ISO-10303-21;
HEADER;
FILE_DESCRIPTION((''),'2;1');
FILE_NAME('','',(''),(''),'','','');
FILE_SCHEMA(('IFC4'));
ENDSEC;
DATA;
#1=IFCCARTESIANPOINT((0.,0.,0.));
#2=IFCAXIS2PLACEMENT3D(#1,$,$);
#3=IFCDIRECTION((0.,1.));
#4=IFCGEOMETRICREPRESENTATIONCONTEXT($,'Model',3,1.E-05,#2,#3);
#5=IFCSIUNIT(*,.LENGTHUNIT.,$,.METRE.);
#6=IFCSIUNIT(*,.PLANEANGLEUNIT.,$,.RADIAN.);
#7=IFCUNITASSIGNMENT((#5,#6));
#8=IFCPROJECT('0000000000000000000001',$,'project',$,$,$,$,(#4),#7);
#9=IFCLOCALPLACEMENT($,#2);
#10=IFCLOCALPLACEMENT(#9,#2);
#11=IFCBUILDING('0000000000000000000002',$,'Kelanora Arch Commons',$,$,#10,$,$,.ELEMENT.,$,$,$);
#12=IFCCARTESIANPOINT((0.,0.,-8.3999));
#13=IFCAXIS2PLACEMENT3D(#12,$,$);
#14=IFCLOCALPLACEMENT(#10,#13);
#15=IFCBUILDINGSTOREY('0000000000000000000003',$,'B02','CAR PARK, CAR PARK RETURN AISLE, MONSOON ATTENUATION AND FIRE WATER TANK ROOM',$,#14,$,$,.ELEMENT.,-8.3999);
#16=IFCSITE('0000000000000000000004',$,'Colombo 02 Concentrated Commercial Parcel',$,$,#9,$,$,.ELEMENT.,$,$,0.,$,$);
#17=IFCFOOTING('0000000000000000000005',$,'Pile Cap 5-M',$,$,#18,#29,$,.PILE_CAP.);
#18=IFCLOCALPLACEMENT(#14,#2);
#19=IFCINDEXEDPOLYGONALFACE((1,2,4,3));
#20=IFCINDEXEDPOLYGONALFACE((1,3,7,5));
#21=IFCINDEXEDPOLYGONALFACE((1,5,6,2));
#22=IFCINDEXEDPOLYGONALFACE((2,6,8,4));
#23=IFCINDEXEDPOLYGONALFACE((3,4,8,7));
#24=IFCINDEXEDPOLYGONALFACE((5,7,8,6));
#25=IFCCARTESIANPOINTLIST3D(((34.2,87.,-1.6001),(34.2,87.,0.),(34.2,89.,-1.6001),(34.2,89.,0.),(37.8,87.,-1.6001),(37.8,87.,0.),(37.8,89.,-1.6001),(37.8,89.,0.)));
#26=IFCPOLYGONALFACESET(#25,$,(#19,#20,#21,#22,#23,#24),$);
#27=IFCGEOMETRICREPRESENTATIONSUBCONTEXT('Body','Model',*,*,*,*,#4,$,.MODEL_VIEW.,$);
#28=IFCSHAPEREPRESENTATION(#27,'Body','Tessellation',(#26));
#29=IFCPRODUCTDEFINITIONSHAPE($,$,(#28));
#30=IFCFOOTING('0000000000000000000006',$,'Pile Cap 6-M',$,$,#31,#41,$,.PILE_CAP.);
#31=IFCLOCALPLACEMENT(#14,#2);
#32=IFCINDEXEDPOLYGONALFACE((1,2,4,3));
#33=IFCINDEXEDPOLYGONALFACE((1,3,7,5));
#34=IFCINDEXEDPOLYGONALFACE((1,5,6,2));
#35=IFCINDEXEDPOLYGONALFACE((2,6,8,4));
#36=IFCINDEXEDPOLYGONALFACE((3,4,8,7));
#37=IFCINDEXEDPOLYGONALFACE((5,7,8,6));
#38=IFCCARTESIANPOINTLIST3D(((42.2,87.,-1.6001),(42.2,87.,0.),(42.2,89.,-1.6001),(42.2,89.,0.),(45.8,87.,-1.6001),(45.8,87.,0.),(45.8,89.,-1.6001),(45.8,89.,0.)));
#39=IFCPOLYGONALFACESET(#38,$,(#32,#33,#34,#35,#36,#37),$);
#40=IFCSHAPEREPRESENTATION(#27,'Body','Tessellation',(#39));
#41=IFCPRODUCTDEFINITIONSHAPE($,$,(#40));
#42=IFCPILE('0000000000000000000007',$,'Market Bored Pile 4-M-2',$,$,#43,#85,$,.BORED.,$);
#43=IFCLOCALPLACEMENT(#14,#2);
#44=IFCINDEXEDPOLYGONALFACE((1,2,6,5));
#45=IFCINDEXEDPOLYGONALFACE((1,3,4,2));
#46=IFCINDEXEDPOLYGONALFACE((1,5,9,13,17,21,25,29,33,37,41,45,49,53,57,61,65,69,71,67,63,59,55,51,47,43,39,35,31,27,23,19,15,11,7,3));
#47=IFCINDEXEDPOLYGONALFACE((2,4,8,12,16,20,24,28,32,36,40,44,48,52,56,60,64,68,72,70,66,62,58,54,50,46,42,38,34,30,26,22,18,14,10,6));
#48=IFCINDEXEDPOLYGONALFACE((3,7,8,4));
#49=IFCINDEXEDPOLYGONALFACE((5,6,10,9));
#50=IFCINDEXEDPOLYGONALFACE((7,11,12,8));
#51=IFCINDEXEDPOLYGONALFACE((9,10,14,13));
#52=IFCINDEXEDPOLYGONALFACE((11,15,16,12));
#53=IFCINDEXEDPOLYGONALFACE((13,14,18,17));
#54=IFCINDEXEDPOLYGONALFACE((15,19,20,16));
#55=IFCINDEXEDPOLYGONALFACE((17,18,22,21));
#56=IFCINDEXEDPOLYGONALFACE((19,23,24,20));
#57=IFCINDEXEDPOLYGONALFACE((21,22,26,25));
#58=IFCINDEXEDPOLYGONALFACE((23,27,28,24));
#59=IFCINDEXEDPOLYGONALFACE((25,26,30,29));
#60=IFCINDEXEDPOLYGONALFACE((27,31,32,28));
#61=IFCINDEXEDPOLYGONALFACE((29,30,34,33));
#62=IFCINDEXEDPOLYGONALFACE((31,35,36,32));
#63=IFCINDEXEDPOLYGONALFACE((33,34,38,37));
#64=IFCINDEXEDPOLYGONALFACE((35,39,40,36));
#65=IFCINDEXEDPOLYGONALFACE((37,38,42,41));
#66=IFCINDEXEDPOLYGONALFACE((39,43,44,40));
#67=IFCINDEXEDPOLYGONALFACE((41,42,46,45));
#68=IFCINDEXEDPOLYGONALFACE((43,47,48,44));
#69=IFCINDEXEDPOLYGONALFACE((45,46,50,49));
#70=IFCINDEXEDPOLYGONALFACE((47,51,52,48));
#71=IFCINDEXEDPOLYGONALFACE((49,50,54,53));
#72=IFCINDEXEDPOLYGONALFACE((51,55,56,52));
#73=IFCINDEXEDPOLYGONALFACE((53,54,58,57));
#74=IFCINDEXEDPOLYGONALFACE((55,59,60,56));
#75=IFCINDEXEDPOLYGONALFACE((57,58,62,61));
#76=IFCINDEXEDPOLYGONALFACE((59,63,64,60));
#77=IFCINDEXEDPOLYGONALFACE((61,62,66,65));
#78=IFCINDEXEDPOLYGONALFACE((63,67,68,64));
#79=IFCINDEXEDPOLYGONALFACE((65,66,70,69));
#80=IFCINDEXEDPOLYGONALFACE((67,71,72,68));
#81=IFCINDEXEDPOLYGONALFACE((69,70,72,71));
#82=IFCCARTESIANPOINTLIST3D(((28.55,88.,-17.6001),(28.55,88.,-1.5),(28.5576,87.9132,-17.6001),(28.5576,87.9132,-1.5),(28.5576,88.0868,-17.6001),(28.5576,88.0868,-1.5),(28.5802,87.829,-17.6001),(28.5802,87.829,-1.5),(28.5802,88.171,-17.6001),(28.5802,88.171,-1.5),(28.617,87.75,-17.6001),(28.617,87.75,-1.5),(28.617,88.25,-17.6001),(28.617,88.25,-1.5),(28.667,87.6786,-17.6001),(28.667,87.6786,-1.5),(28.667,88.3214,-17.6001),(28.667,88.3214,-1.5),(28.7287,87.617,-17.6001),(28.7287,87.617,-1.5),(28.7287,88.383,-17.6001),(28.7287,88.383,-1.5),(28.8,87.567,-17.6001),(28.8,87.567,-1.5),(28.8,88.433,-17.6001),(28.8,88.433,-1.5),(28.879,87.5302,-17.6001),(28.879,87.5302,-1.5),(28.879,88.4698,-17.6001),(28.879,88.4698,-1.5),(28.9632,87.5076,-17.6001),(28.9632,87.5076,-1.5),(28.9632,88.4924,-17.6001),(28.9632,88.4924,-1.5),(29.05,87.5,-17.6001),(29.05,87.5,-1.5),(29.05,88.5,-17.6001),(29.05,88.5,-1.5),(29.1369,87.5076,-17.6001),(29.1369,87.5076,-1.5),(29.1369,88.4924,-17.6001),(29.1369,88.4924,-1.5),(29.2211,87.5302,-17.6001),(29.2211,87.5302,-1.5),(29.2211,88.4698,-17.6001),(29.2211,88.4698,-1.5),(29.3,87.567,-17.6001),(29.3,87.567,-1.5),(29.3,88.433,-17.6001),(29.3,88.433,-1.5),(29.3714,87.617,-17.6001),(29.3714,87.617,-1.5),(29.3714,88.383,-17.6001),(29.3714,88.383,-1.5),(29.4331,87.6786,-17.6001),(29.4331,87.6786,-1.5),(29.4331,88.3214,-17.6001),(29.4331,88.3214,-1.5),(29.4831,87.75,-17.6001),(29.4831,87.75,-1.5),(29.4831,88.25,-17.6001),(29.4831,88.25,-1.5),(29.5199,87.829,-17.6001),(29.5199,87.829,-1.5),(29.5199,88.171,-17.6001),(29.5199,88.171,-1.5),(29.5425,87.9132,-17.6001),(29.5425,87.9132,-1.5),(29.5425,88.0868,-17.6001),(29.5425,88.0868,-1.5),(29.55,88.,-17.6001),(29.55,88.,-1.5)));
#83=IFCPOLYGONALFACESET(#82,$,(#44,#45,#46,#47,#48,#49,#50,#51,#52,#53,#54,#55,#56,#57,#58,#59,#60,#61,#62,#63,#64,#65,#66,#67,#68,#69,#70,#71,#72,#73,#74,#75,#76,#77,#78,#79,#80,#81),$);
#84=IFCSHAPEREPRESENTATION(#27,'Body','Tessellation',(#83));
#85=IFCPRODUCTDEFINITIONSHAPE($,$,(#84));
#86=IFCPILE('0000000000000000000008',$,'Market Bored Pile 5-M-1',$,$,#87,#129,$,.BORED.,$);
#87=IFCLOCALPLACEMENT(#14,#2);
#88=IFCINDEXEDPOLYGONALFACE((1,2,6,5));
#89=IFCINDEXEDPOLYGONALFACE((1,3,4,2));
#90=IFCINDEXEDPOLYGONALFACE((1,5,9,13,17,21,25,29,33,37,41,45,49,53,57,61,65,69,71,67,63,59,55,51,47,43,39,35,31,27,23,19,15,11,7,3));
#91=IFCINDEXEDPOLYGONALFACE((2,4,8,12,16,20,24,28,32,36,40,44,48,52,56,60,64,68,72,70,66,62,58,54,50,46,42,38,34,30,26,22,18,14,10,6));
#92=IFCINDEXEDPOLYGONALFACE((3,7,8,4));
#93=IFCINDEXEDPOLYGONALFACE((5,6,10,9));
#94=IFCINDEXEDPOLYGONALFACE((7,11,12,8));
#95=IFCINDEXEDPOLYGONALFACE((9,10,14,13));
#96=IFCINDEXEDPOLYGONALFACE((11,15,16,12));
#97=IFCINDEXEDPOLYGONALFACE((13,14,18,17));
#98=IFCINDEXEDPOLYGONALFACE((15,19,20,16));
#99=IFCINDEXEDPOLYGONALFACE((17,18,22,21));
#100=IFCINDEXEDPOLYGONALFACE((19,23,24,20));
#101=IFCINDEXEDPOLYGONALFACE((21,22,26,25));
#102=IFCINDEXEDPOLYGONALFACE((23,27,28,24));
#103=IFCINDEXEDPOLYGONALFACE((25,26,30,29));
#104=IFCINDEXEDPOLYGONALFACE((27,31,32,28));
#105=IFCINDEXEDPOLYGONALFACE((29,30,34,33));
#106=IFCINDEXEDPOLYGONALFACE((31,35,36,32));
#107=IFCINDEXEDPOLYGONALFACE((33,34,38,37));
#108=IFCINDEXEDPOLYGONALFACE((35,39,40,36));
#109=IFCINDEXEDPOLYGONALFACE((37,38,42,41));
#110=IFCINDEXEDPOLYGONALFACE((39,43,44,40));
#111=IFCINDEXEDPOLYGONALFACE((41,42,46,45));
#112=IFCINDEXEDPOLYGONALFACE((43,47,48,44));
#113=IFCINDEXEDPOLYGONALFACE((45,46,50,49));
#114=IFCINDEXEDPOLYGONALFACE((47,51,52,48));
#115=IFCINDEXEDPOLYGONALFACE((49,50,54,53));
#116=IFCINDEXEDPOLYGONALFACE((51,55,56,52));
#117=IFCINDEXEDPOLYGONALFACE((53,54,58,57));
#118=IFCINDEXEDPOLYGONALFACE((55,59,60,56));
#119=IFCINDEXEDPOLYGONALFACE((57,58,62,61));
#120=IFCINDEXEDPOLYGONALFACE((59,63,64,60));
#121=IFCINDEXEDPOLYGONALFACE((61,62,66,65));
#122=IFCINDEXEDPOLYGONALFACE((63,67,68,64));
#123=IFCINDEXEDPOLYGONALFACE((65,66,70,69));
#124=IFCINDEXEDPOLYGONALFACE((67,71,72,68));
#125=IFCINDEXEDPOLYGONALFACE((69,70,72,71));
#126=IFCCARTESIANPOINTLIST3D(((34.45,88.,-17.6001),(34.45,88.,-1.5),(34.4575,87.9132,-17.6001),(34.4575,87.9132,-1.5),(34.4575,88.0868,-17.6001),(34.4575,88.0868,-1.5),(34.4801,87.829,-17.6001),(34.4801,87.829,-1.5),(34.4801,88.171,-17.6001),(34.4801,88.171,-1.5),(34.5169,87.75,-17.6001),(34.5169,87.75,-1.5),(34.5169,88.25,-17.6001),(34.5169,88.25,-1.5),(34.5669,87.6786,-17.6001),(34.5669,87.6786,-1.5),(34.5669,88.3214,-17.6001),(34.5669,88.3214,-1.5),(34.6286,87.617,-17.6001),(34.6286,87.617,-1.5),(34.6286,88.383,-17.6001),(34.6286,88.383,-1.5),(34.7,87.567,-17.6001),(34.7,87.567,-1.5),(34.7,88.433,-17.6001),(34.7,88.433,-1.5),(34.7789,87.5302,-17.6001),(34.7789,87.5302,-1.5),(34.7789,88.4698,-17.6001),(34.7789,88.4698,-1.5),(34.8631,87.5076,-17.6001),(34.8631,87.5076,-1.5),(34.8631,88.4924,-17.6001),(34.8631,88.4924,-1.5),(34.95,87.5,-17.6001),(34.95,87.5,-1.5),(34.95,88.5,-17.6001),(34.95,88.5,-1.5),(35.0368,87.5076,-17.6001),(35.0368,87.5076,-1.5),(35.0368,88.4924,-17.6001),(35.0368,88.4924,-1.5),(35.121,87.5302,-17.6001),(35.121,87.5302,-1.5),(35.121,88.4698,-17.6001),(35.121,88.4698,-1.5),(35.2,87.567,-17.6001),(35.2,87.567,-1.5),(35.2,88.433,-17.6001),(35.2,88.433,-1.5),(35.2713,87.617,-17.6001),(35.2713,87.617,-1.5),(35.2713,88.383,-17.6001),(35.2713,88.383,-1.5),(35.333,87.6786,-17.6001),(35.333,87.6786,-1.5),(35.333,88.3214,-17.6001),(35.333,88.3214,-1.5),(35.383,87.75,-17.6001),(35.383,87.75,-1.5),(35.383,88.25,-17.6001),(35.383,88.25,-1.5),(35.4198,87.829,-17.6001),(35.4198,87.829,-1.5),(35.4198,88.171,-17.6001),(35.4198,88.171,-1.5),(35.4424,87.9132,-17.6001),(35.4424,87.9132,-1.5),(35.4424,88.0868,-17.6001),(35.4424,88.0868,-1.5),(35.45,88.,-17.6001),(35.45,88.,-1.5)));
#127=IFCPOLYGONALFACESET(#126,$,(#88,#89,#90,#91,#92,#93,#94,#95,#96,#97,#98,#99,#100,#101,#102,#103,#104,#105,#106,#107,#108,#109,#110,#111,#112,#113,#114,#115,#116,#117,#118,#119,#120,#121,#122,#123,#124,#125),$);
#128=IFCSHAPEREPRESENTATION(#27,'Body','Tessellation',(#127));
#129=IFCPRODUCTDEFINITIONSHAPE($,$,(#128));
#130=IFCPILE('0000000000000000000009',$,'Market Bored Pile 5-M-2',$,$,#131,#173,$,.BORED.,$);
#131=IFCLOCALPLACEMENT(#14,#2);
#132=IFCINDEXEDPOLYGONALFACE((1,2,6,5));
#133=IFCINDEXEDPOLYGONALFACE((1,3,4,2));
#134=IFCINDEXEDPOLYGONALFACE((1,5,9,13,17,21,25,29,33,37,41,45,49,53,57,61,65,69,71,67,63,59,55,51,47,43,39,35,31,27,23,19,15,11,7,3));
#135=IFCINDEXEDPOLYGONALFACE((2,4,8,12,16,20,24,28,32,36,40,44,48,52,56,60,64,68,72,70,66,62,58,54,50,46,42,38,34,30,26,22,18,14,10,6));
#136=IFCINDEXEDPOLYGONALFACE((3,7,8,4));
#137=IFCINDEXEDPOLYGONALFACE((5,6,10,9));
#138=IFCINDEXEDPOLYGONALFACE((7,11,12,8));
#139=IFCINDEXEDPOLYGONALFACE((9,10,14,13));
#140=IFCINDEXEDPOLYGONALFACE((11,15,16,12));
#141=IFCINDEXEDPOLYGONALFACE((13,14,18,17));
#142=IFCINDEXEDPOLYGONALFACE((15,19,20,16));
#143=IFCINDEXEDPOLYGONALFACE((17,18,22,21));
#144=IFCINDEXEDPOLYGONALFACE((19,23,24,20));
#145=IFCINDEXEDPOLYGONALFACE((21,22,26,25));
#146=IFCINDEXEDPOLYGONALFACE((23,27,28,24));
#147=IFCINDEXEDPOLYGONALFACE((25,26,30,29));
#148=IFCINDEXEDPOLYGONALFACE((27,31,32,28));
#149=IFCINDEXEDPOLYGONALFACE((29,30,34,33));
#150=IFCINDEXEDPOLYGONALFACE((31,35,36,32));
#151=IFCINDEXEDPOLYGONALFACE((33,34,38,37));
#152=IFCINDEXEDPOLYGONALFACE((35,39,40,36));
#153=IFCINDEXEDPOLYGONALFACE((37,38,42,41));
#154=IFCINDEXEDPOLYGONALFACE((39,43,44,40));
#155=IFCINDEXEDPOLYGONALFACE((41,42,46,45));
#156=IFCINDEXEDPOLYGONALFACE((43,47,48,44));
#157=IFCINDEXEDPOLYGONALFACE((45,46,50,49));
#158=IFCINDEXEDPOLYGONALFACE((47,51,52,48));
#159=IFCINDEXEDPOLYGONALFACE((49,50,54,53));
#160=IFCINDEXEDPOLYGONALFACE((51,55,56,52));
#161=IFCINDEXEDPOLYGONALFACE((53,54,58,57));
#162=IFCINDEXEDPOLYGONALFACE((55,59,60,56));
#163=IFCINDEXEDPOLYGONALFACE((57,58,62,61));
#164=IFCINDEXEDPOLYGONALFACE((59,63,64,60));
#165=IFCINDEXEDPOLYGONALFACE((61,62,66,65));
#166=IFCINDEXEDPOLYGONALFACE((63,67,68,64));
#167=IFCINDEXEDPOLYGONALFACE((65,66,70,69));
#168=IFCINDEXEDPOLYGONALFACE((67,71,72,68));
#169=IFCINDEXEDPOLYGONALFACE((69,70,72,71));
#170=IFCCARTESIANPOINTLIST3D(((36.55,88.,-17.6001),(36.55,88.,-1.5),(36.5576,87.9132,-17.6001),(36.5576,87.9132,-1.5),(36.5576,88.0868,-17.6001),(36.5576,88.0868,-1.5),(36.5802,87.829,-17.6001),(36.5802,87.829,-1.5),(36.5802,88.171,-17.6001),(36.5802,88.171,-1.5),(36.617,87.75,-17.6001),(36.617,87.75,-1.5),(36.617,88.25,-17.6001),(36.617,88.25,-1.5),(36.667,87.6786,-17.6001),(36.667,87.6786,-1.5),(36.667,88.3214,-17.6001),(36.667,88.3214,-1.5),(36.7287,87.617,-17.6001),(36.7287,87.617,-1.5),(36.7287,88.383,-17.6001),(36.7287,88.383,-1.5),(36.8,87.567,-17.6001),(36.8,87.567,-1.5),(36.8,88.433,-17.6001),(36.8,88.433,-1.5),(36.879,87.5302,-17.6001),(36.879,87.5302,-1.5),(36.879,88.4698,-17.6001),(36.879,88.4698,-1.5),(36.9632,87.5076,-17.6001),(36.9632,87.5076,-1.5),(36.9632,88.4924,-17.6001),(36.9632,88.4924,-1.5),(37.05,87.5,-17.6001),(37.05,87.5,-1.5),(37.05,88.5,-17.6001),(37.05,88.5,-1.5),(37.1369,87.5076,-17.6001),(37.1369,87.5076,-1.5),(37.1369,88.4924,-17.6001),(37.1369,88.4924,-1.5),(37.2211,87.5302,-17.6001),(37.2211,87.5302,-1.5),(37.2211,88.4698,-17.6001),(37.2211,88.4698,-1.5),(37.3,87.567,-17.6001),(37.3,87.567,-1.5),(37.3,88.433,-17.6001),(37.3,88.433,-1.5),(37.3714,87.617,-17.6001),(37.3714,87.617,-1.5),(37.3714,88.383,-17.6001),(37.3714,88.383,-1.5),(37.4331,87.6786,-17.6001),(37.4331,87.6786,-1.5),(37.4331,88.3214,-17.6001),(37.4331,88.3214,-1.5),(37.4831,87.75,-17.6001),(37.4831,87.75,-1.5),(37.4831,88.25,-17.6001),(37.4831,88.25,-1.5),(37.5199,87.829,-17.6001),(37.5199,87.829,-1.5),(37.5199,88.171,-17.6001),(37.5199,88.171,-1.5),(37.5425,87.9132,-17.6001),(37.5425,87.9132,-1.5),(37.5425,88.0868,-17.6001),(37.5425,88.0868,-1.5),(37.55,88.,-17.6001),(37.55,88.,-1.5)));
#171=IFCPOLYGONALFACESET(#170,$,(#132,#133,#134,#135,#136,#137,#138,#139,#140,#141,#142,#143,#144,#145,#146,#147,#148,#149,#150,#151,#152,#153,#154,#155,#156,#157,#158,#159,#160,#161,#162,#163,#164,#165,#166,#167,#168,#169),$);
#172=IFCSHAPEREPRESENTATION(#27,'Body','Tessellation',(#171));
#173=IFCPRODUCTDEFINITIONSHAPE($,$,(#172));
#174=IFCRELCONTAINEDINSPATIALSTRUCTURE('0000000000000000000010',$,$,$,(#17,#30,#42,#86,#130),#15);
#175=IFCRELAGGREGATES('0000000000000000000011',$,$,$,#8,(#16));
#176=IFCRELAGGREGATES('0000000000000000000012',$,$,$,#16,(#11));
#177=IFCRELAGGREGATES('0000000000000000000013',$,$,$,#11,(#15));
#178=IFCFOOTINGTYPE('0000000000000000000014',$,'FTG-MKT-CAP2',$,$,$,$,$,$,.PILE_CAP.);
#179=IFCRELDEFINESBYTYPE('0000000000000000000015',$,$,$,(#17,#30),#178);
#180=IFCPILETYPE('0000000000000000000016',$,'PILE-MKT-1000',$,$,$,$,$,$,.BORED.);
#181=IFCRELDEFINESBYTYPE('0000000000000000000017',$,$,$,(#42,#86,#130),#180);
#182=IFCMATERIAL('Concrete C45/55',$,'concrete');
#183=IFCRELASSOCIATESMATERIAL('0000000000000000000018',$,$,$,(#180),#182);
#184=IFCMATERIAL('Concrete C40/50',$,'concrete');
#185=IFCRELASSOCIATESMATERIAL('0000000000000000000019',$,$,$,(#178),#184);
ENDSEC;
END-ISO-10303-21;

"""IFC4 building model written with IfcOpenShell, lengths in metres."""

from ifc_helpers import new_model, si_unit, direction, frame, origin, origin_2d, place, context, subcontext, project, spatial, rectangle, circle, extrude, source, transform, mapped, material, material_profile, profile_set, type_object, element, save


model = new_model("IFC4")

# Units and contexts
model_context = context("Model", 3, precision=1e-05, world=origin(), true_north=direction((0.0, 1.0)))
body_context = subcontext(model_context, "Body", "Model", "MODEL_VIEW")
ifc_project = project(units=[si_unit("LENGTHUNIT", "METRE"), si_unit("PLANEANGLEUNIT", "RADIAN")], contexts=[model_context])

# Site, building, storey
site_placement = place(None, origin())
site = spatial("IfcSite", under=ifc_project, at=site_placement, Name="Colombo 02 Concentrated Commercial Parcel", CompositionType="ELEMENT", RefElevation=0.0)
building_placement = place(site_placement, origin())
building = spatial("IfcBuilding", under=site, at=building_placement, Name="Kelanora Arch Commons", CompositionType="ELEMENT")
storey_placement = place(building_placement, frame((0.0, 0.0, -8.3999)))
storey = spatial("IfcBuildingStorey", under=building, at=storey_placement, Name="B02", Description="CAR PARK, CAR PARK RETURN AISLE, MONSOON ATTENUATION AND FIRE WATER TANK ROOM", CompositionType="ELEMENT", Elevation=-8.3999)

# Shared definitions
ifc_material_1 = material(Name="Concrete C40/50", Category="concrete")

# Shared definitions
ifc_material_2 = material(Name="Concrete C45/55", Category="concrete")
ifc_material_profile_1 = material_profile(ifc_material_2, circle(Radius=0.5, at=origin_2d()), Name="PILE1000")
ifc_profile_set_1 = profile_set([ifc_material_profile_1], Name="Concrete C45/55")
pile_type = type_object("IfcPileType", Name="PILE-MKT-1000", PredefinedType="BORED", material=ifc_profile_set_1)

# Footings
footing_type_1 = type_object("IfcFootingType", Name="FTG-MKT-CAP2", PredefinedType="PILE_CAP", material=ifc_material_1)
shared_shape_1 = source(origin(), body_context, "Body", "SweptSolid", [
    extrude(rectangle(XDim=3.6001, YDim=2.0, at=origin_2d()), origin(), (0.0, 0.0, 1.0), 1.6001),
])
for number, where, z_axis, x_axis, name in (
    (1, (36.0, 88.0, -1.6001), (0.0, 0.0, 1.0), (1.0, 0.0, 0.0), "Pile Cap 5-M"),
    (2, (44.0, 88.0, -1.6001), (0.0, 0.0, 1.0), (1.0, 0.0, 0.0), "Pile Cap 6-M"),
):
    element("IfcFooting", number, at=place(storey_placement, frame(where, z_axis=z_axis, x_axis=x_axis)), inside=storey, type_object=footing_type_1, Name=name, PredefinedType="PILE_CAP", context=body_context, shape_type="MappedRepresentation", body=[
        mapped(shared_shape_1, transform((0.0, 0.0, 0.0), scale=1.0)),
    ])

# Piles
shared_shape_2 = source(origin(), body_context, "Body", "SweptSolid", [
    extrude(circle(Radius=0.5, at=origin_2d()), origin(), (0.0, 0.0, 1.0), 16.1001),
])
for number, where, z_axis, x_axis, name in (
    (3, (29.05, 88.0, -1.5), (0.0, 0.0, -1.0), (1.0, 0.0, 0.0), "Market Bored Pile 4-M-2"),
    (4, (34.95, 88.0, -1.5), (0.0, 0.0, -1.0), (1.0, 0.0, 0.0), "Market Bored Pile 5-M-1"),
    (5, (37.05, 88.0, -1.5), (0.0, 0.0, -1.0), (1.0, 0.0, 0.0), "Market Bored Pile 5-M-2"),
):
    element("IfcPile", number, at=place(storey_placement, frame(where, z_axis=z_axis, x_axis=x_axis)), inside=storey, type_object=pile_type, Name=name, PredefinedType="BORED", context=body_context, shape_type="MappedRepresentation", body=[
        mapped(shared_shape_2, transform((0.0, 0.0, 0.0), scale=1.0)),
    ])

save(model, "model.ifc")
